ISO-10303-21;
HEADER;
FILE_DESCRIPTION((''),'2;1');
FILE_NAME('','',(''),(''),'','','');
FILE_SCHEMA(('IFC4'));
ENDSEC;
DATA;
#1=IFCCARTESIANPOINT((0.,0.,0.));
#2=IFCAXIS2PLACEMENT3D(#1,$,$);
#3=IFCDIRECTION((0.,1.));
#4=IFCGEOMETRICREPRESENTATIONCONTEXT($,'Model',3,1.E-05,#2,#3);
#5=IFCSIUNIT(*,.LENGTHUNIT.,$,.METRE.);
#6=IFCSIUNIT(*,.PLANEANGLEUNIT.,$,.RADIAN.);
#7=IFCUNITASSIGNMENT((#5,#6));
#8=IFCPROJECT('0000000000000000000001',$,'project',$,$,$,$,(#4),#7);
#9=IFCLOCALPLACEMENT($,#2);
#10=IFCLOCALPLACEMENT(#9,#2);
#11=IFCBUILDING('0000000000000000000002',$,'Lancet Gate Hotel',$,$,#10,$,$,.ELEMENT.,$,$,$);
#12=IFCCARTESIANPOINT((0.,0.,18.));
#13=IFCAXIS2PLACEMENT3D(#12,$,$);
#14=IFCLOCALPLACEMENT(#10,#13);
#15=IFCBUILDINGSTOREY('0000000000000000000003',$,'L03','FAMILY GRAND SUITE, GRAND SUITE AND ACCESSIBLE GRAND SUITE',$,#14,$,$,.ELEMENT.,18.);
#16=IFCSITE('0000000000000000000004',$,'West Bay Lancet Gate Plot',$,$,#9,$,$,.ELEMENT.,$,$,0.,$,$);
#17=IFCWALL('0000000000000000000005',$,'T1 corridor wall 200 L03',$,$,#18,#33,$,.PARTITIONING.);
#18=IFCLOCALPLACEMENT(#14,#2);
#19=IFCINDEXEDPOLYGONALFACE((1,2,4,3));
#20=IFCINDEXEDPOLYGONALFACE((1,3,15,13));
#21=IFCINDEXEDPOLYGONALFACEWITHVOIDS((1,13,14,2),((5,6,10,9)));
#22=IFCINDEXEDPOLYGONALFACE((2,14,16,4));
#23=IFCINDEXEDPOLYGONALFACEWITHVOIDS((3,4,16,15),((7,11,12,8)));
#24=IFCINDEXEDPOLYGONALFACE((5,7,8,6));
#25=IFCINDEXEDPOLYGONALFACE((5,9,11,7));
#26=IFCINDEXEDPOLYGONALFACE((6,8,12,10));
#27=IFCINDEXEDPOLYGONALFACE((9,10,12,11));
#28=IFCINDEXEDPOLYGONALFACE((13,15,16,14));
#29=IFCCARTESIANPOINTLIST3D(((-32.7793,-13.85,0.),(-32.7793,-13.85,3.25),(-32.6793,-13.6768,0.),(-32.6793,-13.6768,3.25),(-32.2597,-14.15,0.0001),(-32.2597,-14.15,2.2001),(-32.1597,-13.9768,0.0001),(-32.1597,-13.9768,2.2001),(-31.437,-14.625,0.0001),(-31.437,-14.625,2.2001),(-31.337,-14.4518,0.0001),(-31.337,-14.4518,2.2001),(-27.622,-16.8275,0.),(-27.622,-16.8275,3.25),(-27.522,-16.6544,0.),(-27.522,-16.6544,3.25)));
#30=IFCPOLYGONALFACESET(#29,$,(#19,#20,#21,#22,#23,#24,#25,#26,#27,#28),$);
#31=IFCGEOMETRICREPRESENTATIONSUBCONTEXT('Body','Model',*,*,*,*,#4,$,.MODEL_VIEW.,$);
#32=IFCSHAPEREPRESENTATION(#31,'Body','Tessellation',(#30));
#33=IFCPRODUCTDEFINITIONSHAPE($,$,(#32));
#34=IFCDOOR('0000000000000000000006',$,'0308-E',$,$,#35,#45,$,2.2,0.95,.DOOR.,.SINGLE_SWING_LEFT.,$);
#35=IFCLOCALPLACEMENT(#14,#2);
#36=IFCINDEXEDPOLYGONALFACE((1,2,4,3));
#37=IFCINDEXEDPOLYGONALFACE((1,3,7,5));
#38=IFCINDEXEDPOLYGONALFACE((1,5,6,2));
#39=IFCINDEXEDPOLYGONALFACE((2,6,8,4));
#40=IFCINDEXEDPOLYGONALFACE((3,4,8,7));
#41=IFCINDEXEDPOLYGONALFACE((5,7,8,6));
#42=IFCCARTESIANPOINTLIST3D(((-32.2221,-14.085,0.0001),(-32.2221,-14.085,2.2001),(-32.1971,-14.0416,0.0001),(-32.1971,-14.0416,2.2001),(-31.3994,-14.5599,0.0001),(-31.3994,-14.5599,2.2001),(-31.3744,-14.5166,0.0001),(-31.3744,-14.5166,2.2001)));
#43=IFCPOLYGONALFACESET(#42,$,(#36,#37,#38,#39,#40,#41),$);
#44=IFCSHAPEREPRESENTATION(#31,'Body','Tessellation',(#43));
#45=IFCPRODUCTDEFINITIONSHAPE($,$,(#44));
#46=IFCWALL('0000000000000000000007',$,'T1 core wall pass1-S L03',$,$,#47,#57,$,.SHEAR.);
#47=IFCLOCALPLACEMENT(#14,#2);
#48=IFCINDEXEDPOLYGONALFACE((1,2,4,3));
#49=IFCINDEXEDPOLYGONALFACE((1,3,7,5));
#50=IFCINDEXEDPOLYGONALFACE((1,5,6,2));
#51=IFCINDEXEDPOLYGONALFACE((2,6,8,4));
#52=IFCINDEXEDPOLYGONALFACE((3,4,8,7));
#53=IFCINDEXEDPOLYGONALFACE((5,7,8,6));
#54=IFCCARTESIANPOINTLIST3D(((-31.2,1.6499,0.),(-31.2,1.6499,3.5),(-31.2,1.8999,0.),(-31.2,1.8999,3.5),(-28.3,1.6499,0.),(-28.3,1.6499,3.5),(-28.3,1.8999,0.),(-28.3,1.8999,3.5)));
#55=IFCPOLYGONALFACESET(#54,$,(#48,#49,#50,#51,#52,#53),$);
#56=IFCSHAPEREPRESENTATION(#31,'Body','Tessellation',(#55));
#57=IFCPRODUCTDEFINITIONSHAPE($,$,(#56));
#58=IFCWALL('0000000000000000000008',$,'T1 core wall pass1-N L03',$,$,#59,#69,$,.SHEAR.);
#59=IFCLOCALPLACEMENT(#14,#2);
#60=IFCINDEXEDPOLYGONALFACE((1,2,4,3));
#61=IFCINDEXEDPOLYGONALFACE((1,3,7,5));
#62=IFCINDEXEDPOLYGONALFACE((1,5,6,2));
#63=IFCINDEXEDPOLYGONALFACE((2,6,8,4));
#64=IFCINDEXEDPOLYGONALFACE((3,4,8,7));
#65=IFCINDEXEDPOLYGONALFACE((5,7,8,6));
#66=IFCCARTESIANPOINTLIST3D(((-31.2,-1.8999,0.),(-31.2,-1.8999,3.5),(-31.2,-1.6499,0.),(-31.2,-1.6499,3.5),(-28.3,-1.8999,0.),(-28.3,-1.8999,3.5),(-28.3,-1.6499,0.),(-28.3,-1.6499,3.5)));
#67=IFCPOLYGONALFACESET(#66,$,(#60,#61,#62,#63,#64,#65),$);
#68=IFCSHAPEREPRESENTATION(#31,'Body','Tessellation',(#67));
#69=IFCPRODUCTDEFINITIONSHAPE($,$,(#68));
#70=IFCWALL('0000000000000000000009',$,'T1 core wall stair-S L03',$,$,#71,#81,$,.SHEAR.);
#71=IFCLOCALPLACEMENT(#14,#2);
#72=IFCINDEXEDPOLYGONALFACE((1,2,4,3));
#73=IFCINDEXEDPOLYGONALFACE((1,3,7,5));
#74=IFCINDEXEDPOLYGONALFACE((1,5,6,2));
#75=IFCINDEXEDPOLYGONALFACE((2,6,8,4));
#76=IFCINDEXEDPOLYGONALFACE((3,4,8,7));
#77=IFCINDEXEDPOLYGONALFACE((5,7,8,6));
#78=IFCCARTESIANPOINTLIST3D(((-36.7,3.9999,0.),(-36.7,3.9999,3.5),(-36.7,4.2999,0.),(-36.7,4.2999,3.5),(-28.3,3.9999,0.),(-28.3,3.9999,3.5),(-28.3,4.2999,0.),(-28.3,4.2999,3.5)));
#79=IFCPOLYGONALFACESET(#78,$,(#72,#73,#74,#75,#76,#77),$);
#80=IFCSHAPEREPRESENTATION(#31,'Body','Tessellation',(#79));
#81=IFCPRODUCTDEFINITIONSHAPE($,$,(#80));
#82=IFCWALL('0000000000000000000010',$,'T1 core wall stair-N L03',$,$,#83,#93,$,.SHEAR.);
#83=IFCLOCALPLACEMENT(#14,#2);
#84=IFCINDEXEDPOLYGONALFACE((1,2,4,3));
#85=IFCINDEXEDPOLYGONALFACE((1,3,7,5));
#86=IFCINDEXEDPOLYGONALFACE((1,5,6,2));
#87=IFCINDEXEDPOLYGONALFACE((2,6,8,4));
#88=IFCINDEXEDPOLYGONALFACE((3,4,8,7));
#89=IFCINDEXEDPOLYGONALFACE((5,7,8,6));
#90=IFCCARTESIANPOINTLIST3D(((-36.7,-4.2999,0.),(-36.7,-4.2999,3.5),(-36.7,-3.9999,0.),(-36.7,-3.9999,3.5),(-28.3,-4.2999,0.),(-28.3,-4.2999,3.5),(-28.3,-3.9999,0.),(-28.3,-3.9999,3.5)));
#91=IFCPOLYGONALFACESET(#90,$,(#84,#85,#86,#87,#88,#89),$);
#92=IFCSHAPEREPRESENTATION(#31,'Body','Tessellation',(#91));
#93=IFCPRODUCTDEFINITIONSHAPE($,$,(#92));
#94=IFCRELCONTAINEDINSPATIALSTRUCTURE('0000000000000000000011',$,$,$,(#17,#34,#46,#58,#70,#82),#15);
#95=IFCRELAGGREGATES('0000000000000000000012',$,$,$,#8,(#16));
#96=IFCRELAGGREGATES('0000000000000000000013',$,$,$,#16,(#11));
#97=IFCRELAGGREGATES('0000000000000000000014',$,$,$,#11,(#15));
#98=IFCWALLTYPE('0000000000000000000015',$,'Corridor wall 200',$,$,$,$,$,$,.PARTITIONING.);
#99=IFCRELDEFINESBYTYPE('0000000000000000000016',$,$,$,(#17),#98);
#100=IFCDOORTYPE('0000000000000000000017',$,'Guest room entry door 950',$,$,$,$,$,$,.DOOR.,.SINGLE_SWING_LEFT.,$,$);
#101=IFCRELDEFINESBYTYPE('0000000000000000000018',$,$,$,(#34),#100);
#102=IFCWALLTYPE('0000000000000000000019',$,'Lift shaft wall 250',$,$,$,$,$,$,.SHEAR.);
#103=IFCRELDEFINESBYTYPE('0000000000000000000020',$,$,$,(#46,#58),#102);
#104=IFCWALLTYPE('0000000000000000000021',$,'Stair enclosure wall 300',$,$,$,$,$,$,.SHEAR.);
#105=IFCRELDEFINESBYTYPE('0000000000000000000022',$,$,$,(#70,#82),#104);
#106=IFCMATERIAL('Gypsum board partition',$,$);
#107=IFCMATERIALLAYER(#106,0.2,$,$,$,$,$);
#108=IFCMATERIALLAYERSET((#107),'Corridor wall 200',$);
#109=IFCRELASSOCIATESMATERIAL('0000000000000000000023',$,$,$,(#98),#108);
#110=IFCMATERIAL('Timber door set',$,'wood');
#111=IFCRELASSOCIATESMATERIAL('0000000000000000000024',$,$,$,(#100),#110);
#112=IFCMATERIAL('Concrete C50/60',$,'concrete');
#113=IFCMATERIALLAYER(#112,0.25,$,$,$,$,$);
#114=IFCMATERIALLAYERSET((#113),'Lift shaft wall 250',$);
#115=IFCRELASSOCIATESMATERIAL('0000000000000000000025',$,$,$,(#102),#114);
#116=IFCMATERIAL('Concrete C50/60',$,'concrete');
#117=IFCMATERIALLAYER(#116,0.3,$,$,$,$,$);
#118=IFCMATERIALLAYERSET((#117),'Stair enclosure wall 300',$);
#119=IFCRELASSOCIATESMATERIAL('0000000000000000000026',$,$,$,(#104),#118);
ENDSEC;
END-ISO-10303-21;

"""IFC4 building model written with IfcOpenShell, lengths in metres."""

from ifc_helpers import new_model, si_unit, direction, frame, frame_2d, origin, place, context, subcontext, project, spatial, rectangle, extrude, material, layer, layer_set, type_object, element, fill, save


model = new_model("IFC4")

# Units and contexts
model_context = context("Model", 3, precision=1e-05, world=origin(), true_north=direction((0.0, 1.0)))
body_context = subcontext(model_context, "Body", "Model", "MODEL_VIEW")
ifc_project = project(units=[si_unit("LENGTHUNIT", "METRE"), si_unit("PLANEANGLEUNIT", "RADIAN")], contexts=[model_context])

# Site, building, storey
site_placement = place(None, origin())
site = spatial("IfcSite", under=ifc_project, at=site_placement, Name="West Bay Lancet Gate Plot", CompositionType="ELEMENT", RefElevation=0.0)
building_placement = place(site_placement, origin())
building = spatial("IfcBuilding", under=site, at=building_placement, Name="Lancet Gate Hotel", CompositionType="ELEMENT")
storey_placement = place(building_placement, frame((0.0, 0.0, 18.0)))
storey = spatial("IfcBuildingStorey", under=building, at=storey_placement, Name="L03", Description="FAMILY GRAND SUITE, GRAND SUITE AND ACCESSIBLE GRAND SUITE", CompositionType="ELEMENT", Elevation=18.0)

# Wall, opening, door
ifc_material_1 = material(Name="Gypsum board partition")
ifc_layer_1 = layer(ifc_material_1, 0.2)
ifc_layer_set_1 = layer_set([ifc_layer_1], Name="Corridor wall 200")
wall_type_1 = type_object("IfcWallType", Name="Corridor wall 200", PredefinedType="PARTITIONING", material=ifc_layer_set_1)
wall_1_placement = place(storey_placement, frame((-27.572, -16.741, 0.0), z_axis=(0.0, 0.0, 1.0), x_axis=(-0.866024, 0.500002, 0.0)))
wall_1 = element("IfcWall", 1, at=wall_1_placement, inside=storey, type_object=wall_type_1, Name="T1 corridor wall 200 L03", PredefinedType="PARTITIONING", context=body_context, shape_type="SweptSolid", body=[
    extrude(rectangle(XDim=5.9551, YDim=0.2, at=frame_2d((2.9775, 0.0))), origin(), (0.0, 0.0, 1.0), 3.25),
])
opening_1_placement = place(wall_1_placement, frame((4.405, 0.0, 0.0)))
opening_1 = element("IfcOpeningElement", 2, at=opening_1_placement, cuts=wall_1, PredefinedType="OPENING", context=body_context, shape_type="SweptSolid", body=[
    extrude(rectangle(XDim=0.95, YDim=2.2, at=frame_2d((0.4751, 1.1001))), frame((0.0, 0.1099, 0.0), z_axis=(0.0, -1.0, 0.0), x_axis=(1.0, 0.0, 0.0)), (0.0, 0.0, 1.0), 0.22),
])
ifc_material_2 = material(Name="Timber door set", Category="wood")
door_type_1 = type_object("IfcDoorType", Name="Guest room entry door 950", OperationType="SINGLE_SWING_LEFT", PredefinedType="DOOR", material=ifc_material_2)
door_1_placement = place(opening_1_placement, origin())
door_1 = element("IfcDoor", 3, at=door_1_placement, inside=storey, type_object=door_type_1, Name="0308-E", OperationType="SINGLE_SWING_LEFT", OverallHeight=2.2, OverallWidth=0.95, PredefinedType="DOOR", context=body_context, shape_type="SweptSolid", body=[
    extrude(rectangle(XDim=0.95, YDim=2.2, at=frame_2d((0.4751, 1.1001))), frame((0.0, 0.0249, 0.0), z_axis=(0.0, -1.0, 0.0), x_axis=(1.0, 0.0, 0.0)), (0.0, 0.0, 1.0), 0.05),
])
fill(opening_1, door_1)

# Walls
ifc_material_3 = material(Name="Concrete C50/60", Category="concrete")
ifc_layer_2 = layer(ifc_material_3, 0.25)
ifc_layer_set_2 = layer_set([ifc_layer_2], Name="Lift shaft wall 250")
wall_type_2 = type_object("IfcWallType", Name="Lift shaft wall 250", PredefinedType="SHEAR", material=ifc_layer_set_2)
for number, where, z_axis, x_axis, name in (
    (4, (-28.3, 1.7749, 0.0), (0.0, 0.0, 1.0), (-1.0, 0.0, 0.0), "T1 core wall pass1-S L03"),
    (5, (-28.3, -1.7749, 0.0), (0.0, 0.0, 1.0), (-1.0, 0.0, 0.0), "T1 core wall pass1-N L03"),
):
    element("IfcWall", number, at=place(storey_placement, frame(where, z_axis=z_axis, x_axis=x_axis)), inside=storey, type_object=wall_type_2, Name=name, PredefinedType="SHEAR", context=body_context, shape_type="SweptSolid", body=[
        extrude(rectangle(XDim=2.8999, YDim=0.25, at=frame_2d((1.45, 0.0))), origin(), (0.0, 0.0, 1.0), 3.5),
    ])
ifc_material_4 = material(Name="Concrete C50/60", Category="concrete")
ifc_layer_3 = layer(ifc_material_4, 0.3)
ifc_layer_set_3 = layer_set([ifc_layer_3], Name="Stair enclosure wall 300")
wall_type_3 = type_object("IfcWallType", Name="Stair enclosure wall 300", PredefinedType="SHEAR", material=ifc_layer_set_3)
for number, where, z_axis, x_axis, name in (
    (6, (-28.3, 4.1499, 0.0), (0.0, 0.0, 1.0), (-1.0, 0.0, 0.0), "T1 core wall stair-S L03"),
    (7, (-28.3, -4.1499, 0.0), (0.0, 0.0, 1.0), (-1.0, 0.0, 0.0), "T1 core wall stair-N L03"),
):
    element("IfcWall", number, at=place(storey_placement, frame(where, z_axis=z_axis, x_axis=x_axis)), inside=storey, type_object=wall_type_3, Name=name, PredefinedType="SHEAR", context=body_context, shape_type="SweptSolid", body=[
        extrude(rectangle(XDim=8.3999, YDim=0.3, at=frame_2d((4.2, 0.0))), origin(), (0.0, 0.0, 1.0), 3.5),
    ])

save(model, "model.ifc")
